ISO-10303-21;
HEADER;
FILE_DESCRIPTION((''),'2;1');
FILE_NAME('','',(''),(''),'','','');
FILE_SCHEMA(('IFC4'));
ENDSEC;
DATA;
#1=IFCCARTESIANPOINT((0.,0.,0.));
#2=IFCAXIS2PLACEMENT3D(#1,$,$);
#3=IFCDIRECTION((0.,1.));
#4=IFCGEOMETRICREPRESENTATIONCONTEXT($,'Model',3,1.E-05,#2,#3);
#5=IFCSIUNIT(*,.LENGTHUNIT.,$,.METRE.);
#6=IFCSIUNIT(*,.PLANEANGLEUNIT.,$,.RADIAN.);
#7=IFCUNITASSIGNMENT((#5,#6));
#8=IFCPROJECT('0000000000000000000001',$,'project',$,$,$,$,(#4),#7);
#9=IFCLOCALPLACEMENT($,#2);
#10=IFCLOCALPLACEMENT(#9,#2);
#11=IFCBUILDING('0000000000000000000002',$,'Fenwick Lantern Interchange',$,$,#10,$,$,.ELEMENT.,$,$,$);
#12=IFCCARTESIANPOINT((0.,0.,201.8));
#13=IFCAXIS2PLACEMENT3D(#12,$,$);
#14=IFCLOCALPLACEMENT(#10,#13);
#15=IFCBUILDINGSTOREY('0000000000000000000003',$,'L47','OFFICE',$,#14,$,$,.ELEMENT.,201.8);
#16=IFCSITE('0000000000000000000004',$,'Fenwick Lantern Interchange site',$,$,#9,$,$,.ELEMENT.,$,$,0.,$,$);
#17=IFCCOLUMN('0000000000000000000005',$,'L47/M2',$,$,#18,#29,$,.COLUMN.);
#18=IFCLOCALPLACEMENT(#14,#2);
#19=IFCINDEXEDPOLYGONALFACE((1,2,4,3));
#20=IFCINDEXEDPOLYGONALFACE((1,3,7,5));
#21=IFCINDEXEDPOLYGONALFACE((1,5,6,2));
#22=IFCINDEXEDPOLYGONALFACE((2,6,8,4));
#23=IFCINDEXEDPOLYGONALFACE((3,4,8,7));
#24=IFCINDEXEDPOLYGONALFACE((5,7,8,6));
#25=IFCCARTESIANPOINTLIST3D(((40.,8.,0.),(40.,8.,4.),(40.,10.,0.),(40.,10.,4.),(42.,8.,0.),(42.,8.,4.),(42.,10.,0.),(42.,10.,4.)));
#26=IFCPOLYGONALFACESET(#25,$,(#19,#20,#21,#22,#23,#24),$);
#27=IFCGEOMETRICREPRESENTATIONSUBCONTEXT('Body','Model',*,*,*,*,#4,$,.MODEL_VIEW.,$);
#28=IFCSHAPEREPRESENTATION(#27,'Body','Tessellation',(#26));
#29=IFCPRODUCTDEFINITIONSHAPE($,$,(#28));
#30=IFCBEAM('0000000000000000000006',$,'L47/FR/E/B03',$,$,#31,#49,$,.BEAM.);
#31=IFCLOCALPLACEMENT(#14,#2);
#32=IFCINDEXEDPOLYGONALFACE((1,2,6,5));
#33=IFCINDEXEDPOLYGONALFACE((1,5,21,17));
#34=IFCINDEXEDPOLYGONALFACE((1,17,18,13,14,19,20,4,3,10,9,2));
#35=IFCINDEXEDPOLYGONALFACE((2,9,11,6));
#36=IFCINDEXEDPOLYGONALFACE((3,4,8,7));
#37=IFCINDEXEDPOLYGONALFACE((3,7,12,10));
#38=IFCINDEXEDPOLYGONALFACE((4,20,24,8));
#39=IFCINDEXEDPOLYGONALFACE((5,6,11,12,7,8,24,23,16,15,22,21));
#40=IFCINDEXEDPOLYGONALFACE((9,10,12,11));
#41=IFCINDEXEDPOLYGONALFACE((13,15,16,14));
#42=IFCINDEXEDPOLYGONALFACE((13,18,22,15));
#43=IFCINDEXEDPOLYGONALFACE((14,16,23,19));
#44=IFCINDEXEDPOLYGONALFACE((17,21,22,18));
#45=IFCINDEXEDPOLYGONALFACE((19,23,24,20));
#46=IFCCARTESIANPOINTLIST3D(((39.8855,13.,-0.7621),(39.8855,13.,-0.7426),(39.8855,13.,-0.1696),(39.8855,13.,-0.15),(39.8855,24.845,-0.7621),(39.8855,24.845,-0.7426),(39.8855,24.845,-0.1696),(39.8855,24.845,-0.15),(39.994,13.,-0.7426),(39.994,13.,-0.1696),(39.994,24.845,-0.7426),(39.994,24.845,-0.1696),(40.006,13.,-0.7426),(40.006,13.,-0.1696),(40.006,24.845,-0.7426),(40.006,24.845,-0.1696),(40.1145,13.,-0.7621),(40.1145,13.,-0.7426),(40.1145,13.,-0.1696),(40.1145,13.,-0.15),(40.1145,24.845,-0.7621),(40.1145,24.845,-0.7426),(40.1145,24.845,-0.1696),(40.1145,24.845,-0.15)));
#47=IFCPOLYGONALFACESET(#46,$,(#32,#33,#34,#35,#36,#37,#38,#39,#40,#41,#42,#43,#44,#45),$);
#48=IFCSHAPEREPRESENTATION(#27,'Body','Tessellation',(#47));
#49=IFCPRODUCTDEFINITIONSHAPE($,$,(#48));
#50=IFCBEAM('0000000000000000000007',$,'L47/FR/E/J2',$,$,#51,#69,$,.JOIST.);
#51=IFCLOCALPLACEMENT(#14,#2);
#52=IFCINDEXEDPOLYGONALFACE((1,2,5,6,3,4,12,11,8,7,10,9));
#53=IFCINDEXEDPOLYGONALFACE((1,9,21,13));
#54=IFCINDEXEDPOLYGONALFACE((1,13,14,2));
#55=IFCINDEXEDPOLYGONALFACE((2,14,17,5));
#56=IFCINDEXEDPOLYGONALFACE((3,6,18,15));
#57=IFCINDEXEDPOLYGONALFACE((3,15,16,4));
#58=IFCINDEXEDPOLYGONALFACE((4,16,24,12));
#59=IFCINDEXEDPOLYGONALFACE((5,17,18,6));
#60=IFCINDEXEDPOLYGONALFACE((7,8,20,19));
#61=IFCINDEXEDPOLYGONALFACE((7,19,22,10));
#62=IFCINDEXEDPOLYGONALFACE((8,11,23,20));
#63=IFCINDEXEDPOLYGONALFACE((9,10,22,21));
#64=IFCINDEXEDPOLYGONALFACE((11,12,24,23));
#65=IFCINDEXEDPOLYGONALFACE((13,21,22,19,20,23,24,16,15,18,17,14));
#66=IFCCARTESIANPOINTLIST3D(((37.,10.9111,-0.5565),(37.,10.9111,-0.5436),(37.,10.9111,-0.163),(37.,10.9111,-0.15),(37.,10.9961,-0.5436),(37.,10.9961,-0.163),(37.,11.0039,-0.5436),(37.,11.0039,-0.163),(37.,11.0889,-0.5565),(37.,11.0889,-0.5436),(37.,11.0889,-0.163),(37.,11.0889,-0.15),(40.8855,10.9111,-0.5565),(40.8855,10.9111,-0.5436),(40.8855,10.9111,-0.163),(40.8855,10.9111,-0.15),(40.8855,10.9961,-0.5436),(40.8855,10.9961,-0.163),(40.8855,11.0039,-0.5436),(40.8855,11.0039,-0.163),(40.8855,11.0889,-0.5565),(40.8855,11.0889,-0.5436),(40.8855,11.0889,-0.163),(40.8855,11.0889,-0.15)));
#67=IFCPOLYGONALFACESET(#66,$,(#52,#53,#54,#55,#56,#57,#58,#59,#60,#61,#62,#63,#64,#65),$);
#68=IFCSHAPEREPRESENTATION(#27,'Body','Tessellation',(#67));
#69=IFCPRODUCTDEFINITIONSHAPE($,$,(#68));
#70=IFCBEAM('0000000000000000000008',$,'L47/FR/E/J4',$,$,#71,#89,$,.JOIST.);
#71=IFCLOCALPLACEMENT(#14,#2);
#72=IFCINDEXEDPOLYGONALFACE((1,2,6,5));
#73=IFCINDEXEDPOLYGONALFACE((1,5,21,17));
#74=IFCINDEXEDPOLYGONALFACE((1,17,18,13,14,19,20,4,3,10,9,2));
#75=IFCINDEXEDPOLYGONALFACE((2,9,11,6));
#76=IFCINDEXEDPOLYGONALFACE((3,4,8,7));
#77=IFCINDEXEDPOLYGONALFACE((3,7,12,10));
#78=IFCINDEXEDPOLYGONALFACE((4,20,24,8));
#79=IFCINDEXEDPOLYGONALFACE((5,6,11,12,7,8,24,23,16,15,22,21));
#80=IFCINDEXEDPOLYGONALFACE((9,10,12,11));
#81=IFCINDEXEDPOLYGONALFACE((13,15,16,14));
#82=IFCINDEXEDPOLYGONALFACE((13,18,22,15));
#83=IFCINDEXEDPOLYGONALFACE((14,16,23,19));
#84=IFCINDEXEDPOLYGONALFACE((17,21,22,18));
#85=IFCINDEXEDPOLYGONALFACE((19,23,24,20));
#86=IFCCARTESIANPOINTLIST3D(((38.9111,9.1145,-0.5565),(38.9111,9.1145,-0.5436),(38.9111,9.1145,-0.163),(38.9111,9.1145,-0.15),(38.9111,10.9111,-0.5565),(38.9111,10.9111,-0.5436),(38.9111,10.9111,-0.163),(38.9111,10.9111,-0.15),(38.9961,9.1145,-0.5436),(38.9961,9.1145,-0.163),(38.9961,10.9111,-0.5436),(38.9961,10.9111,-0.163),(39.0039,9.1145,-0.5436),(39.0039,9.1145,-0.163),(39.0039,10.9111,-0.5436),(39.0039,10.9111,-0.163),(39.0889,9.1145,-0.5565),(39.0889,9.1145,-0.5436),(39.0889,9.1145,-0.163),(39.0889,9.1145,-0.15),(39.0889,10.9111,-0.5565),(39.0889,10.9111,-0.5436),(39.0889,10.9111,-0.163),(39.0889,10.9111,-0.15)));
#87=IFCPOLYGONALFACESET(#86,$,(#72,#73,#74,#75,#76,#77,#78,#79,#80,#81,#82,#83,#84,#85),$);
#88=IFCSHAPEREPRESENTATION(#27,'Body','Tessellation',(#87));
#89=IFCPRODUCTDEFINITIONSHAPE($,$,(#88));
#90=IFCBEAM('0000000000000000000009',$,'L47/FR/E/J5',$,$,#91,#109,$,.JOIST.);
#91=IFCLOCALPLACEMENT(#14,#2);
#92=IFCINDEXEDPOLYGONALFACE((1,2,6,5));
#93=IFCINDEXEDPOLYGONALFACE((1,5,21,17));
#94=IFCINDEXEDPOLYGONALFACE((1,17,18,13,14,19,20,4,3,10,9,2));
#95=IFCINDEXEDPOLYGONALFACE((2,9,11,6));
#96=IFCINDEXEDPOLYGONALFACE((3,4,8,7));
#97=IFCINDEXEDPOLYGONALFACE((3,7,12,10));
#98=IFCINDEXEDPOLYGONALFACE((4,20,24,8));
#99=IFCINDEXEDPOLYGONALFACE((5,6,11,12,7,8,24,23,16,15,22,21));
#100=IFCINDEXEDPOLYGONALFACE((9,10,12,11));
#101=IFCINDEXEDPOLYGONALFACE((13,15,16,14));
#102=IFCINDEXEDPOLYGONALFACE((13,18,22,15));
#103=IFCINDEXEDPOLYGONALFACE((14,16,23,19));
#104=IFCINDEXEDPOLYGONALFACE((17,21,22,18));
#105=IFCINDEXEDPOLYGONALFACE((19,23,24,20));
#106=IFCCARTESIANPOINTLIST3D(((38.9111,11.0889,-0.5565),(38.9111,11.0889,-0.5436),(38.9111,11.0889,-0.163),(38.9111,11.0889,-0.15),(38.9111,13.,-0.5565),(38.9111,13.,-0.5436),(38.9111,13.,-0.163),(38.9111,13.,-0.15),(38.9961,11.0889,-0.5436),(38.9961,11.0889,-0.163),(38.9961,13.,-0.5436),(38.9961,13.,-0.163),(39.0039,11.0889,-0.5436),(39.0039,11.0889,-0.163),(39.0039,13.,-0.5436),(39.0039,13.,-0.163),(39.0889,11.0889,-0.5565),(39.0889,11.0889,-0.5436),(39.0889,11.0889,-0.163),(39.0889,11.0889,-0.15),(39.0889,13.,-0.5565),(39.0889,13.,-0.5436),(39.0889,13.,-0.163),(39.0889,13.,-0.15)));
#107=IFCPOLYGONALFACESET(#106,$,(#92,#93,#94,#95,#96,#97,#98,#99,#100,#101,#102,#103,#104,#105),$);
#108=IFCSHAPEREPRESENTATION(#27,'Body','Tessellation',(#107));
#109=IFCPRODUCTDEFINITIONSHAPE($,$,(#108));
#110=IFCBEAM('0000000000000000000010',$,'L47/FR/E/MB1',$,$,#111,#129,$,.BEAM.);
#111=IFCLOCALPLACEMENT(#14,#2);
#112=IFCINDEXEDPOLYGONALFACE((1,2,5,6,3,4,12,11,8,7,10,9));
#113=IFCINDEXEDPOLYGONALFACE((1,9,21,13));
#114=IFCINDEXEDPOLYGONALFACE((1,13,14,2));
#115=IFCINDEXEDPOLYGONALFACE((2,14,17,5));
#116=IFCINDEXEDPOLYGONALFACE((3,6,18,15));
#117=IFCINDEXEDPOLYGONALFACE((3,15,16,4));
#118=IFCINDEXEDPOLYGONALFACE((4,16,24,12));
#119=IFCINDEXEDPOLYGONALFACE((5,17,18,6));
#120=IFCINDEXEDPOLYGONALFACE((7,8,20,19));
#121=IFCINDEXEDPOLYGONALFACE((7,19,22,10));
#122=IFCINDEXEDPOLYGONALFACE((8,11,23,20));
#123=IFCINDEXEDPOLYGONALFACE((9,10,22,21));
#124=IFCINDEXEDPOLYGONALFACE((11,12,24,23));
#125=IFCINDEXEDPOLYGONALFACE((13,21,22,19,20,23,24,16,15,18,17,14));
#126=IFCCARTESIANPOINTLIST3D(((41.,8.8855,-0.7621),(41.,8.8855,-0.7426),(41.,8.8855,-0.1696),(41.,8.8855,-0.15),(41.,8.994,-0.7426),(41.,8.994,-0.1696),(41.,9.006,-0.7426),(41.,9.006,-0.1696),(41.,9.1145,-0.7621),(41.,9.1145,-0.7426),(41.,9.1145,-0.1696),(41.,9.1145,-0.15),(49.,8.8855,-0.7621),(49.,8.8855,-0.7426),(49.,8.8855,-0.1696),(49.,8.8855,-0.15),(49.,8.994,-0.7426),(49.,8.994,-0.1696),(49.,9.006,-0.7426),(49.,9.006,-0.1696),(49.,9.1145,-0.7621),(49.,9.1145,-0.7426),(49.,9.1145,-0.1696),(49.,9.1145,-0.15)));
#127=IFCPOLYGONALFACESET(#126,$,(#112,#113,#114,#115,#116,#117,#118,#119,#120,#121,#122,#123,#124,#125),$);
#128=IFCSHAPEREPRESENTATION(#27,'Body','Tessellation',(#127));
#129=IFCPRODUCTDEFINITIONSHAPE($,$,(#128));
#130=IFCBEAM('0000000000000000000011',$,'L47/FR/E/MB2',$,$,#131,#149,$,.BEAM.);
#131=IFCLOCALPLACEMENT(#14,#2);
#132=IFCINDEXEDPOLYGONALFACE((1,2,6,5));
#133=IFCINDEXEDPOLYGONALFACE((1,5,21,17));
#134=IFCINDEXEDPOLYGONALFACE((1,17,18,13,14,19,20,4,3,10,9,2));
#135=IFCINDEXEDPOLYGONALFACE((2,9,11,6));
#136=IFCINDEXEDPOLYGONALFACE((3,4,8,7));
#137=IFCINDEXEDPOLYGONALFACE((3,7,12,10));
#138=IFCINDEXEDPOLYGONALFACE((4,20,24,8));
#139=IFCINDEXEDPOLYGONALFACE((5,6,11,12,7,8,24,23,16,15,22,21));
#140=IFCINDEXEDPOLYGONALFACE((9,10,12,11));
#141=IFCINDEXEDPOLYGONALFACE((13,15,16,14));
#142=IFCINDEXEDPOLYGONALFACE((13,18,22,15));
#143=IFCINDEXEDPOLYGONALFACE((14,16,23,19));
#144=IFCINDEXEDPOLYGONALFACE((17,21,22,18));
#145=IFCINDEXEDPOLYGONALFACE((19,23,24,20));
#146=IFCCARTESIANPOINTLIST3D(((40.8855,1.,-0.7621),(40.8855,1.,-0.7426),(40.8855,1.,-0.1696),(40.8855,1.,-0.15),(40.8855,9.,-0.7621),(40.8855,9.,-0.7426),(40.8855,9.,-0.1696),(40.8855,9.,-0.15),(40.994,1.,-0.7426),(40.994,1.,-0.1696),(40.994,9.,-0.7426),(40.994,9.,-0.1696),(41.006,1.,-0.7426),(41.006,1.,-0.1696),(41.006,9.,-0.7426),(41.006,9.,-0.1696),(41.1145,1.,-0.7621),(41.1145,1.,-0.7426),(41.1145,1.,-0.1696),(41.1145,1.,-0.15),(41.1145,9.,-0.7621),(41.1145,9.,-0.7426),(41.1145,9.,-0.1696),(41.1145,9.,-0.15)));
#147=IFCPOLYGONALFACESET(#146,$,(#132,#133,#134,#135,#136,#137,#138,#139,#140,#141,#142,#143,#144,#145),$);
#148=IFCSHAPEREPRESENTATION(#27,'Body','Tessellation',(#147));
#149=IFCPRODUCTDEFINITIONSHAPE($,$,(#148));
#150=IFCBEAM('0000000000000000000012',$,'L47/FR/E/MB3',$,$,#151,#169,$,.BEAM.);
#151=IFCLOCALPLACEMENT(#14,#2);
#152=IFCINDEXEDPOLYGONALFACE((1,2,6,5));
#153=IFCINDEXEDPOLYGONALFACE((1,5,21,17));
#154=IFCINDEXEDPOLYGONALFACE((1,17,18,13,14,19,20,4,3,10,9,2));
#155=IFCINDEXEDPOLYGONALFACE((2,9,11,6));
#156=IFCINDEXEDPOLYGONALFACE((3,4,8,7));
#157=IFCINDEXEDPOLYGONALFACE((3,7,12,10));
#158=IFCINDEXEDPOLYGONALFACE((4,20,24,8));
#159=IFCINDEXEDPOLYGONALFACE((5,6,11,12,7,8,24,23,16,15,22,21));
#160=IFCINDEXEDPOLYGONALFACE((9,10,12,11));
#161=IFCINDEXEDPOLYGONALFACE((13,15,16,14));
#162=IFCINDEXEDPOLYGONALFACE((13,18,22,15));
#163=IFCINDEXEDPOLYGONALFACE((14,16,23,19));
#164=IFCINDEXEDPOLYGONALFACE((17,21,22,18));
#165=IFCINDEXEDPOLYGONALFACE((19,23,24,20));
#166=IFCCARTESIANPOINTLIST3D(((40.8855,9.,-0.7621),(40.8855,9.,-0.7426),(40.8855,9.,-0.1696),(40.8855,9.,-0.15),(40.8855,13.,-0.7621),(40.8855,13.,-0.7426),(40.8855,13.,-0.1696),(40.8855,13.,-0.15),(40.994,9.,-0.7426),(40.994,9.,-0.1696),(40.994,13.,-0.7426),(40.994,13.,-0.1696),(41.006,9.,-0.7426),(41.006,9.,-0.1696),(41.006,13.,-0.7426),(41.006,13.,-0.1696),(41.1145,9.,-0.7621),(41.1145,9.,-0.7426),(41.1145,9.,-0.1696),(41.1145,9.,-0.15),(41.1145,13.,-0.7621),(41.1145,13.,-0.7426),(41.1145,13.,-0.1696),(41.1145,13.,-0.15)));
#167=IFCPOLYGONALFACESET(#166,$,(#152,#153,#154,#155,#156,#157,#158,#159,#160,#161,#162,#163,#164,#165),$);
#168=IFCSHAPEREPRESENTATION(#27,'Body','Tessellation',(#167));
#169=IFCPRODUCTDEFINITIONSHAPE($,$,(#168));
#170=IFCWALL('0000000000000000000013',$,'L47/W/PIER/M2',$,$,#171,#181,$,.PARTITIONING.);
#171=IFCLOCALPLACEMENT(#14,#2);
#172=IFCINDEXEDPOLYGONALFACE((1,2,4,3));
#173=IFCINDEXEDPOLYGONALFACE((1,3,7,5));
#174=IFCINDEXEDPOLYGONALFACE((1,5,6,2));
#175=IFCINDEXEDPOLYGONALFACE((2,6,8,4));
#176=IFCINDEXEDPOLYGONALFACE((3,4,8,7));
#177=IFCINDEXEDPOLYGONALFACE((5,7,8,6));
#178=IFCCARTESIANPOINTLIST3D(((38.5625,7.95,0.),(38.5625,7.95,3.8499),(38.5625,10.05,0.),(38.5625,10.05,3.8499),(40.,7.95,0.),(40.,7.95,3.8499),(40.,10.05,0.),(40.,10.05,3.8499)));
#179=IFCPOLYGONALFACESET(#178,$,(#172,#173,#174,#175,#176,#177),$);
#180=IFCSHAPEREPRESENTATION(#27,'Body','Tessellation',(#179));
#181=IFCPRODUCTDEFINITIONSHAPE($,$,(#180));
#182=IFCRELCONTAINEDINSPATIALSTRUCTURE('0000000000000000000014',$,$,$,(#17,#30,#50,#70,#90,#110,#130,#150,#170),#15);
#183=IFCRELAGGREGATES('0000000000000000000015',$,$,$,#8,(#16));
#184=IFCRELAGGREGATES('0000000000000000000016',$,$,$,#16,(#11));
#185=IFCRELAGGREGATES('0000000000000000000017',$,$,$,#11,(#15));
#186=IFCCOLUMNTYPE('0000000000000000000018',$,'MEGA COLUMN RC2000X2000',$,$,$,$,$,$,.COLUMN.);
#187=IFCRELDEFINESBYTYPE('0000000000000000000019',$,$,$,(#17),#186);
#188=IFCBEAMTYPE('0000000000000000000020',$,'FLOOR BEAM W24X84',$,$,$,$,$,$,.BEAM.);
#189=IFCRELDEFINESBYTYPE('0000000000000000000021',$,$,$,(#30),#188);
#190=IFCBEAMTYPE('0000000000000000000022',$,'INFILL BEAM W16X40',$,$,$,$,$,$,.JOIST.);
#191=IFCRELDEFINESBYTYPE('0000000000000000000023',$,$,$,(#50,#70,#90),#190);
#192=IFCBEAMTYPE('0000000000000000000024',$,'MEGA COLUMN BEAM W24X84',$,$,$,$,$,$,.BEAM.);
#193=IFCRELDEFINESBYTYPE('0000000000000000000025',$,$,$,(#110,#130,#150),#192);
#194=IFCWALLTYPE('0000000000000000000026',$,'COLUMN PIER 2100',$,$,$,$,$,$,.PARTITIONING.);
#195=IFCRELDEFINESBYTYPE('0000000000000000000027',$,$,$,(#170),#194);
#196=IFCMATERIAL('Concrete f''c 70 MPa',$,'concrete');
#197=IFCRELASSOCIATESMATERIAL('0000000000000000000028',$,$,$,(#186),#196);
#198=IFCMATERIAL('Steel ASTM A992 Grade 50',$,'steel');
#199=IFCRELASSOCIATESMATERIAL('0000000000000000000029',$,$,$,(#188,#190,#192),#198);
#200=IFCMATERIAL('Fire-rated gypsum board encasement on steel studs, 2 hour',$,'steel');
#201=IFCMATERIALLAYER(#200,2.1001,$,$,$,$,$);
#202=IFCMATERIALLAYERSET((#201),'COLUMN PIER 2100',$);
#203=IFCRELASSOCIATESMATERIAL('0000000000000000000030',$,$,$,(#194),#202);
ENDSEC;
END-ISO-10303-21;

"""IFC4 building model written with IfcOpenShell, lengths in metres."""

from ifc_helpers import new_model, si_unit, direction, frame, frame_2d, origin, origin_2d, place, context, subcontext, project, spatial, rectangle, i_section, extrude, material, layer, layer_set, material_profile, profile_set, type_object, element, save


model = new_model("IFC4")

# Units and contexts
model_context = context("Model", 3, precision=1e-05, world=origin(), true_north=direction((0.0, 1.0)))
body_context = subcontext(model_context, "Body", "Model", "MODEL_VIEW")
ifc_project = project(units=[si_unit("LENGTHUNIT", "METRE"), si_unit("PLANEANGLEUNIT", "RADIAN")], contexts=[model_context])

# Site, building, storey
site_placement = place(None, origin())
site = spatial("IfcSite", under=ifc_project, at=site_placement, Name="Fenwick Lantern Interchange site", CompositionType="ELEMENT", RefElevation=0.0)
building_placement = place(site_placement, origin())
building = spatial("IfcBuilding", under=site, at=building_placement, Name="Fenwick Lantern Interchange", CompositionType="ELEMENT")
storey_placement = place(building_placement, frame((0.0, 0.0, 201.8)))
storey = spatial("IfcBuildingStorey", under=building, at=storey_placement, Name="L47", Description="OFFICE", CompositionType="ELEMENT", Elevation=201.8)

# Column
ifc_material_1 = material(Name="Concrete f'c 70 MPa", Category="concrete")
ifc_material_profile_1 = material_profile(ifc_material_1, rectangle(XDim=2.0, YDim=2.0, at=origin_2d()), Name="RC2000X2000")
ifc_profile_set_1 = profile_set([ifc_material_profile_1], Name="Concrete f'c 70 MPa")
column_type = type_object("IfcColumnType", Name="MEGA COLUMN RC2000X2000", PredefinedType="COLUMN", material=ifc_profile_set_1)
column_placement = place(storey_placement, frame((41.0, 9.0, 0.0), z_axis=(0.0, 0.0, 1.0), x_axis=(1.0, 0.0, 0.0)))
element("IfcColumn", 1, at=column_placement, inside=storey, type_object=column_type, Name="L47/M2", PredefinedType="COLUMN", context=body_context, shape_type="SweptSolid", body=[
    extrude(rectangle(XDim=2.0, YDim=2.0, at=origin_2d()), origin(), (0.0, 0.0, 1.0), 4.0),
])

# Beams
ifc_material_2 = material(Name="Steel ASTM A992 Grade 50", Category="steel")
ifc_material_profile_2 = material_profile(ifc_material_2, i_section(OverallWidth=0.229, OverallDepth=0.6121, WebThickness=0.012, FlangeThickness=0.0195, at=origin_2d()), Name="W24X84")
ifc_profile_set_2 = profile_set([ifc_material_profile_2], Name="Steel ASTM A992 Grade 50")
beam_type_1 = type_object("IfcBeamType", Name="FLOOR BEAM W24X84", PredefinedType="BEAM", material=ifc_profile_set_2)
beam_1_placement = place(storey_placement, frame((40.0, 13.0, -0.4561), z_axis=(0.0, 1.0, 0.0), x_axis=(-1.0, 0.0, 0.0)))
element("IfcBeam", 2, at=beam_1_placement, inside=storey, type_object=beam_type_1, Name="L47/FR/E/B03", PredefinedType="BEAM", context=body_context, shape_type="SweptSolid", body=[
    extrude(i_section(OverallWidth=0.229, OverallDepth=0.6121, WebThickness=0.012, FlangeThickness=0.0195, at=origin_2d()), origin(), (0.0, 0.0, 1.0), 11.845),
])
ifc_material_profile_3 = material_profile(ifc_material_2, i_section(OverallWidth=0.1777, OverallDepth=0.4065, WebThickness=0.0078, FlangeThickness=0.0129, at=origin_2d()), Name="W16X40")
ifc_profile_set_3 = profile_set([ifc_material_profile_3], Name="Steel ASTM A992 Grade 50")
beam_type_2 = type_object("IfcBeamType", Name="INFILL BEAM W16X40", PredefinedType="JOIST", material=ifc_profile_set_3)
beam_2_placement = place(storey_placement, frame((40.8855, 11.0, -0.3533), z_axis=(-1.0, 0.0, 0.0), x_axis=(0.0, -1.0, 0.0)))
element("IfcBeam", 3, at=beam_2_placement, inside=storey, type_object=beam_type_2, Name="L47/FR/E/J2", PredefinedType="JOIST", context=body_context, shape_type="SweptSolid", body=[
    extrude(i_section(OverallWidth=0.1777, OverallDepth=0.4065, WebThickness=0.0078, FlangeThickness=0.0129, at=origin_2d()), origin(), (0.0, 0.0, 1.0), 3.8855),
])
beam_3_placement = place(storey_placement, frame((39.0, 9.1145, -0.3533), z_axis=(0.0, 1.0, 0.0), x_axis=(-1.0, 0.0, 0.0)))
element("IfcBeam", 4, at=beam_3_placement, inside=storey, type_object=beam_type_2, Name="L47/FR/E/J4", PredefinedType="JOIST", context=body_context, shape_type="SweptSolid", body=[
    extrude(i_section(OverallWidth=0.1777, OverallDepth=0.4065, WebThickness=0.0078, FlangeThickness=0.0129, at=origin_2d()), origin(), (0.0, 0.0, 1.0), 1.7966),
])
beam_4_placement = place(storey_placement, frame((39.0, 11.0889, -0.3533), z_axis=(0.0, 1.0, 0.0), x_axis=(-1.0, 0.0, 0.0)))
element("IfcBeam", 5, at=beam_4_placement, inside=storey, type_object=beam_type_2, Name="L47/FR/E/J5", PredefinedType="JOIST", context=body_context, shape_type="SweptSolid", body=[
    extrude(i_section(OverallWidth=0.1777, OverallDepth=0.4065, WebThickness=0.0078, FlangeThickness=0.0129, at=origin_2d()), origin(), (0.0, 0.0, 1.0), 1.9111),
])
ifc_material_profile_4 = material_profile(ifc_material_2, i_section(OverallWidth=0.229, OverallDepth=0.6121, WebThickness=0.012, FlangeThickness=0.0195, at=origin_2d()), Name="W24X84")
ifc_profile_set_4 = profile_set([ifc_material_profile_4], Name="Steel ASTM A992 Grade 50")
beam_type_3 = type_object("IfcBeamType", Name="MEGA COLUMN BEAM W24X84", PredefinedType="BEAM", material=ifc_profile_set_4)
for number, where, z_axis, x_axis, name in (
    (6, (41.0, 9.0, -0.4561), (1.0, 0.0, 0.0), (0.0, 1.0, 0.0), "L47/FR/E/MB1"),
    (7, (41.0, 9.0, -0.4561), (0.0, -1.0, 0.0), (1.0, 0.0, 0.0), "L47/FR/E/MB2"),
):
    element("IfcBeam", number, at=place(storey_placement, frame(where, z_axis=z_axis, x_axis=x_axis)), inside=storey, type_object=beam_type_3, Name=name, PredefinedType="BEAM", context=body_context, shape_type="SweptSolid", body=[
        extrude(i_section(OverallWidth=0.229, OverallDepth=0.6121, WebThickness=0.012, FlangeThickness=0.0195, at=origin_2d()), origin(), (0.0, 0.0, 1.0), 8.0),
    ])
beam_5_placement = place(storey_placement, frame((41.0, 9.0, -0.4561), z_axis=(0.0, 1.0, 0.0), x_axis=(-1.0, 0.0, 0.0)))
element("IfcBeam", 8, at=beam_5_placement, inside=storey, type_object=beam_type_3, Name="L47/FR/E/MB3", PredefinedType="BEAM", context=body_context, shape_type="SweptSolid", body=[
    extrude(i_section(OverallWidth=0.229, OverallDepth=0.6121, WebThickness=0.012, FlangeThickness=0.0195, at=origin_2d()), origin(), (0.0, 0.0, 1.0), 4.0),
])

# Wall
ifc_material_3 = material(Name="Fire-rated gypsum board encasement on steel studs, 2 hour", Category="steel")
ifc_layer_1 = layer(ifc_material_3, 2.1001)
ifc_layer_set_1 = layer_set([ifc_layer_1], Name="COLUMN PIER 2100")
wall_type_1 = type_object("IfcWallType", Name="COLUMN PIER 2100", PredefinedType="PARTITIONING", material=ifc_layer_set_1)
wall_1_placement = place(storey_placement, frame((38.5625, 9.0, 0.0), z_axis=(0.0, 0.0, 1.0), x_axis=(1.0, 0.0, 0.0)))
element("IfcWall", 9, at=wall_1_placement, inside=storey, type_object=wall_type_1, Name="L47/W/PIER/M2", PredefinedType="PARTITIONING", context=body_context, shape_type="SweptSolid", body=[
    extrude(rectangle(XDim=1.4375, YDim=2.1001, at=frame_2d((0.7188, 0.0))), origin(), (0.0, 0.0, 1.0), 3.8499),
])

save(model, "model.ifc")
